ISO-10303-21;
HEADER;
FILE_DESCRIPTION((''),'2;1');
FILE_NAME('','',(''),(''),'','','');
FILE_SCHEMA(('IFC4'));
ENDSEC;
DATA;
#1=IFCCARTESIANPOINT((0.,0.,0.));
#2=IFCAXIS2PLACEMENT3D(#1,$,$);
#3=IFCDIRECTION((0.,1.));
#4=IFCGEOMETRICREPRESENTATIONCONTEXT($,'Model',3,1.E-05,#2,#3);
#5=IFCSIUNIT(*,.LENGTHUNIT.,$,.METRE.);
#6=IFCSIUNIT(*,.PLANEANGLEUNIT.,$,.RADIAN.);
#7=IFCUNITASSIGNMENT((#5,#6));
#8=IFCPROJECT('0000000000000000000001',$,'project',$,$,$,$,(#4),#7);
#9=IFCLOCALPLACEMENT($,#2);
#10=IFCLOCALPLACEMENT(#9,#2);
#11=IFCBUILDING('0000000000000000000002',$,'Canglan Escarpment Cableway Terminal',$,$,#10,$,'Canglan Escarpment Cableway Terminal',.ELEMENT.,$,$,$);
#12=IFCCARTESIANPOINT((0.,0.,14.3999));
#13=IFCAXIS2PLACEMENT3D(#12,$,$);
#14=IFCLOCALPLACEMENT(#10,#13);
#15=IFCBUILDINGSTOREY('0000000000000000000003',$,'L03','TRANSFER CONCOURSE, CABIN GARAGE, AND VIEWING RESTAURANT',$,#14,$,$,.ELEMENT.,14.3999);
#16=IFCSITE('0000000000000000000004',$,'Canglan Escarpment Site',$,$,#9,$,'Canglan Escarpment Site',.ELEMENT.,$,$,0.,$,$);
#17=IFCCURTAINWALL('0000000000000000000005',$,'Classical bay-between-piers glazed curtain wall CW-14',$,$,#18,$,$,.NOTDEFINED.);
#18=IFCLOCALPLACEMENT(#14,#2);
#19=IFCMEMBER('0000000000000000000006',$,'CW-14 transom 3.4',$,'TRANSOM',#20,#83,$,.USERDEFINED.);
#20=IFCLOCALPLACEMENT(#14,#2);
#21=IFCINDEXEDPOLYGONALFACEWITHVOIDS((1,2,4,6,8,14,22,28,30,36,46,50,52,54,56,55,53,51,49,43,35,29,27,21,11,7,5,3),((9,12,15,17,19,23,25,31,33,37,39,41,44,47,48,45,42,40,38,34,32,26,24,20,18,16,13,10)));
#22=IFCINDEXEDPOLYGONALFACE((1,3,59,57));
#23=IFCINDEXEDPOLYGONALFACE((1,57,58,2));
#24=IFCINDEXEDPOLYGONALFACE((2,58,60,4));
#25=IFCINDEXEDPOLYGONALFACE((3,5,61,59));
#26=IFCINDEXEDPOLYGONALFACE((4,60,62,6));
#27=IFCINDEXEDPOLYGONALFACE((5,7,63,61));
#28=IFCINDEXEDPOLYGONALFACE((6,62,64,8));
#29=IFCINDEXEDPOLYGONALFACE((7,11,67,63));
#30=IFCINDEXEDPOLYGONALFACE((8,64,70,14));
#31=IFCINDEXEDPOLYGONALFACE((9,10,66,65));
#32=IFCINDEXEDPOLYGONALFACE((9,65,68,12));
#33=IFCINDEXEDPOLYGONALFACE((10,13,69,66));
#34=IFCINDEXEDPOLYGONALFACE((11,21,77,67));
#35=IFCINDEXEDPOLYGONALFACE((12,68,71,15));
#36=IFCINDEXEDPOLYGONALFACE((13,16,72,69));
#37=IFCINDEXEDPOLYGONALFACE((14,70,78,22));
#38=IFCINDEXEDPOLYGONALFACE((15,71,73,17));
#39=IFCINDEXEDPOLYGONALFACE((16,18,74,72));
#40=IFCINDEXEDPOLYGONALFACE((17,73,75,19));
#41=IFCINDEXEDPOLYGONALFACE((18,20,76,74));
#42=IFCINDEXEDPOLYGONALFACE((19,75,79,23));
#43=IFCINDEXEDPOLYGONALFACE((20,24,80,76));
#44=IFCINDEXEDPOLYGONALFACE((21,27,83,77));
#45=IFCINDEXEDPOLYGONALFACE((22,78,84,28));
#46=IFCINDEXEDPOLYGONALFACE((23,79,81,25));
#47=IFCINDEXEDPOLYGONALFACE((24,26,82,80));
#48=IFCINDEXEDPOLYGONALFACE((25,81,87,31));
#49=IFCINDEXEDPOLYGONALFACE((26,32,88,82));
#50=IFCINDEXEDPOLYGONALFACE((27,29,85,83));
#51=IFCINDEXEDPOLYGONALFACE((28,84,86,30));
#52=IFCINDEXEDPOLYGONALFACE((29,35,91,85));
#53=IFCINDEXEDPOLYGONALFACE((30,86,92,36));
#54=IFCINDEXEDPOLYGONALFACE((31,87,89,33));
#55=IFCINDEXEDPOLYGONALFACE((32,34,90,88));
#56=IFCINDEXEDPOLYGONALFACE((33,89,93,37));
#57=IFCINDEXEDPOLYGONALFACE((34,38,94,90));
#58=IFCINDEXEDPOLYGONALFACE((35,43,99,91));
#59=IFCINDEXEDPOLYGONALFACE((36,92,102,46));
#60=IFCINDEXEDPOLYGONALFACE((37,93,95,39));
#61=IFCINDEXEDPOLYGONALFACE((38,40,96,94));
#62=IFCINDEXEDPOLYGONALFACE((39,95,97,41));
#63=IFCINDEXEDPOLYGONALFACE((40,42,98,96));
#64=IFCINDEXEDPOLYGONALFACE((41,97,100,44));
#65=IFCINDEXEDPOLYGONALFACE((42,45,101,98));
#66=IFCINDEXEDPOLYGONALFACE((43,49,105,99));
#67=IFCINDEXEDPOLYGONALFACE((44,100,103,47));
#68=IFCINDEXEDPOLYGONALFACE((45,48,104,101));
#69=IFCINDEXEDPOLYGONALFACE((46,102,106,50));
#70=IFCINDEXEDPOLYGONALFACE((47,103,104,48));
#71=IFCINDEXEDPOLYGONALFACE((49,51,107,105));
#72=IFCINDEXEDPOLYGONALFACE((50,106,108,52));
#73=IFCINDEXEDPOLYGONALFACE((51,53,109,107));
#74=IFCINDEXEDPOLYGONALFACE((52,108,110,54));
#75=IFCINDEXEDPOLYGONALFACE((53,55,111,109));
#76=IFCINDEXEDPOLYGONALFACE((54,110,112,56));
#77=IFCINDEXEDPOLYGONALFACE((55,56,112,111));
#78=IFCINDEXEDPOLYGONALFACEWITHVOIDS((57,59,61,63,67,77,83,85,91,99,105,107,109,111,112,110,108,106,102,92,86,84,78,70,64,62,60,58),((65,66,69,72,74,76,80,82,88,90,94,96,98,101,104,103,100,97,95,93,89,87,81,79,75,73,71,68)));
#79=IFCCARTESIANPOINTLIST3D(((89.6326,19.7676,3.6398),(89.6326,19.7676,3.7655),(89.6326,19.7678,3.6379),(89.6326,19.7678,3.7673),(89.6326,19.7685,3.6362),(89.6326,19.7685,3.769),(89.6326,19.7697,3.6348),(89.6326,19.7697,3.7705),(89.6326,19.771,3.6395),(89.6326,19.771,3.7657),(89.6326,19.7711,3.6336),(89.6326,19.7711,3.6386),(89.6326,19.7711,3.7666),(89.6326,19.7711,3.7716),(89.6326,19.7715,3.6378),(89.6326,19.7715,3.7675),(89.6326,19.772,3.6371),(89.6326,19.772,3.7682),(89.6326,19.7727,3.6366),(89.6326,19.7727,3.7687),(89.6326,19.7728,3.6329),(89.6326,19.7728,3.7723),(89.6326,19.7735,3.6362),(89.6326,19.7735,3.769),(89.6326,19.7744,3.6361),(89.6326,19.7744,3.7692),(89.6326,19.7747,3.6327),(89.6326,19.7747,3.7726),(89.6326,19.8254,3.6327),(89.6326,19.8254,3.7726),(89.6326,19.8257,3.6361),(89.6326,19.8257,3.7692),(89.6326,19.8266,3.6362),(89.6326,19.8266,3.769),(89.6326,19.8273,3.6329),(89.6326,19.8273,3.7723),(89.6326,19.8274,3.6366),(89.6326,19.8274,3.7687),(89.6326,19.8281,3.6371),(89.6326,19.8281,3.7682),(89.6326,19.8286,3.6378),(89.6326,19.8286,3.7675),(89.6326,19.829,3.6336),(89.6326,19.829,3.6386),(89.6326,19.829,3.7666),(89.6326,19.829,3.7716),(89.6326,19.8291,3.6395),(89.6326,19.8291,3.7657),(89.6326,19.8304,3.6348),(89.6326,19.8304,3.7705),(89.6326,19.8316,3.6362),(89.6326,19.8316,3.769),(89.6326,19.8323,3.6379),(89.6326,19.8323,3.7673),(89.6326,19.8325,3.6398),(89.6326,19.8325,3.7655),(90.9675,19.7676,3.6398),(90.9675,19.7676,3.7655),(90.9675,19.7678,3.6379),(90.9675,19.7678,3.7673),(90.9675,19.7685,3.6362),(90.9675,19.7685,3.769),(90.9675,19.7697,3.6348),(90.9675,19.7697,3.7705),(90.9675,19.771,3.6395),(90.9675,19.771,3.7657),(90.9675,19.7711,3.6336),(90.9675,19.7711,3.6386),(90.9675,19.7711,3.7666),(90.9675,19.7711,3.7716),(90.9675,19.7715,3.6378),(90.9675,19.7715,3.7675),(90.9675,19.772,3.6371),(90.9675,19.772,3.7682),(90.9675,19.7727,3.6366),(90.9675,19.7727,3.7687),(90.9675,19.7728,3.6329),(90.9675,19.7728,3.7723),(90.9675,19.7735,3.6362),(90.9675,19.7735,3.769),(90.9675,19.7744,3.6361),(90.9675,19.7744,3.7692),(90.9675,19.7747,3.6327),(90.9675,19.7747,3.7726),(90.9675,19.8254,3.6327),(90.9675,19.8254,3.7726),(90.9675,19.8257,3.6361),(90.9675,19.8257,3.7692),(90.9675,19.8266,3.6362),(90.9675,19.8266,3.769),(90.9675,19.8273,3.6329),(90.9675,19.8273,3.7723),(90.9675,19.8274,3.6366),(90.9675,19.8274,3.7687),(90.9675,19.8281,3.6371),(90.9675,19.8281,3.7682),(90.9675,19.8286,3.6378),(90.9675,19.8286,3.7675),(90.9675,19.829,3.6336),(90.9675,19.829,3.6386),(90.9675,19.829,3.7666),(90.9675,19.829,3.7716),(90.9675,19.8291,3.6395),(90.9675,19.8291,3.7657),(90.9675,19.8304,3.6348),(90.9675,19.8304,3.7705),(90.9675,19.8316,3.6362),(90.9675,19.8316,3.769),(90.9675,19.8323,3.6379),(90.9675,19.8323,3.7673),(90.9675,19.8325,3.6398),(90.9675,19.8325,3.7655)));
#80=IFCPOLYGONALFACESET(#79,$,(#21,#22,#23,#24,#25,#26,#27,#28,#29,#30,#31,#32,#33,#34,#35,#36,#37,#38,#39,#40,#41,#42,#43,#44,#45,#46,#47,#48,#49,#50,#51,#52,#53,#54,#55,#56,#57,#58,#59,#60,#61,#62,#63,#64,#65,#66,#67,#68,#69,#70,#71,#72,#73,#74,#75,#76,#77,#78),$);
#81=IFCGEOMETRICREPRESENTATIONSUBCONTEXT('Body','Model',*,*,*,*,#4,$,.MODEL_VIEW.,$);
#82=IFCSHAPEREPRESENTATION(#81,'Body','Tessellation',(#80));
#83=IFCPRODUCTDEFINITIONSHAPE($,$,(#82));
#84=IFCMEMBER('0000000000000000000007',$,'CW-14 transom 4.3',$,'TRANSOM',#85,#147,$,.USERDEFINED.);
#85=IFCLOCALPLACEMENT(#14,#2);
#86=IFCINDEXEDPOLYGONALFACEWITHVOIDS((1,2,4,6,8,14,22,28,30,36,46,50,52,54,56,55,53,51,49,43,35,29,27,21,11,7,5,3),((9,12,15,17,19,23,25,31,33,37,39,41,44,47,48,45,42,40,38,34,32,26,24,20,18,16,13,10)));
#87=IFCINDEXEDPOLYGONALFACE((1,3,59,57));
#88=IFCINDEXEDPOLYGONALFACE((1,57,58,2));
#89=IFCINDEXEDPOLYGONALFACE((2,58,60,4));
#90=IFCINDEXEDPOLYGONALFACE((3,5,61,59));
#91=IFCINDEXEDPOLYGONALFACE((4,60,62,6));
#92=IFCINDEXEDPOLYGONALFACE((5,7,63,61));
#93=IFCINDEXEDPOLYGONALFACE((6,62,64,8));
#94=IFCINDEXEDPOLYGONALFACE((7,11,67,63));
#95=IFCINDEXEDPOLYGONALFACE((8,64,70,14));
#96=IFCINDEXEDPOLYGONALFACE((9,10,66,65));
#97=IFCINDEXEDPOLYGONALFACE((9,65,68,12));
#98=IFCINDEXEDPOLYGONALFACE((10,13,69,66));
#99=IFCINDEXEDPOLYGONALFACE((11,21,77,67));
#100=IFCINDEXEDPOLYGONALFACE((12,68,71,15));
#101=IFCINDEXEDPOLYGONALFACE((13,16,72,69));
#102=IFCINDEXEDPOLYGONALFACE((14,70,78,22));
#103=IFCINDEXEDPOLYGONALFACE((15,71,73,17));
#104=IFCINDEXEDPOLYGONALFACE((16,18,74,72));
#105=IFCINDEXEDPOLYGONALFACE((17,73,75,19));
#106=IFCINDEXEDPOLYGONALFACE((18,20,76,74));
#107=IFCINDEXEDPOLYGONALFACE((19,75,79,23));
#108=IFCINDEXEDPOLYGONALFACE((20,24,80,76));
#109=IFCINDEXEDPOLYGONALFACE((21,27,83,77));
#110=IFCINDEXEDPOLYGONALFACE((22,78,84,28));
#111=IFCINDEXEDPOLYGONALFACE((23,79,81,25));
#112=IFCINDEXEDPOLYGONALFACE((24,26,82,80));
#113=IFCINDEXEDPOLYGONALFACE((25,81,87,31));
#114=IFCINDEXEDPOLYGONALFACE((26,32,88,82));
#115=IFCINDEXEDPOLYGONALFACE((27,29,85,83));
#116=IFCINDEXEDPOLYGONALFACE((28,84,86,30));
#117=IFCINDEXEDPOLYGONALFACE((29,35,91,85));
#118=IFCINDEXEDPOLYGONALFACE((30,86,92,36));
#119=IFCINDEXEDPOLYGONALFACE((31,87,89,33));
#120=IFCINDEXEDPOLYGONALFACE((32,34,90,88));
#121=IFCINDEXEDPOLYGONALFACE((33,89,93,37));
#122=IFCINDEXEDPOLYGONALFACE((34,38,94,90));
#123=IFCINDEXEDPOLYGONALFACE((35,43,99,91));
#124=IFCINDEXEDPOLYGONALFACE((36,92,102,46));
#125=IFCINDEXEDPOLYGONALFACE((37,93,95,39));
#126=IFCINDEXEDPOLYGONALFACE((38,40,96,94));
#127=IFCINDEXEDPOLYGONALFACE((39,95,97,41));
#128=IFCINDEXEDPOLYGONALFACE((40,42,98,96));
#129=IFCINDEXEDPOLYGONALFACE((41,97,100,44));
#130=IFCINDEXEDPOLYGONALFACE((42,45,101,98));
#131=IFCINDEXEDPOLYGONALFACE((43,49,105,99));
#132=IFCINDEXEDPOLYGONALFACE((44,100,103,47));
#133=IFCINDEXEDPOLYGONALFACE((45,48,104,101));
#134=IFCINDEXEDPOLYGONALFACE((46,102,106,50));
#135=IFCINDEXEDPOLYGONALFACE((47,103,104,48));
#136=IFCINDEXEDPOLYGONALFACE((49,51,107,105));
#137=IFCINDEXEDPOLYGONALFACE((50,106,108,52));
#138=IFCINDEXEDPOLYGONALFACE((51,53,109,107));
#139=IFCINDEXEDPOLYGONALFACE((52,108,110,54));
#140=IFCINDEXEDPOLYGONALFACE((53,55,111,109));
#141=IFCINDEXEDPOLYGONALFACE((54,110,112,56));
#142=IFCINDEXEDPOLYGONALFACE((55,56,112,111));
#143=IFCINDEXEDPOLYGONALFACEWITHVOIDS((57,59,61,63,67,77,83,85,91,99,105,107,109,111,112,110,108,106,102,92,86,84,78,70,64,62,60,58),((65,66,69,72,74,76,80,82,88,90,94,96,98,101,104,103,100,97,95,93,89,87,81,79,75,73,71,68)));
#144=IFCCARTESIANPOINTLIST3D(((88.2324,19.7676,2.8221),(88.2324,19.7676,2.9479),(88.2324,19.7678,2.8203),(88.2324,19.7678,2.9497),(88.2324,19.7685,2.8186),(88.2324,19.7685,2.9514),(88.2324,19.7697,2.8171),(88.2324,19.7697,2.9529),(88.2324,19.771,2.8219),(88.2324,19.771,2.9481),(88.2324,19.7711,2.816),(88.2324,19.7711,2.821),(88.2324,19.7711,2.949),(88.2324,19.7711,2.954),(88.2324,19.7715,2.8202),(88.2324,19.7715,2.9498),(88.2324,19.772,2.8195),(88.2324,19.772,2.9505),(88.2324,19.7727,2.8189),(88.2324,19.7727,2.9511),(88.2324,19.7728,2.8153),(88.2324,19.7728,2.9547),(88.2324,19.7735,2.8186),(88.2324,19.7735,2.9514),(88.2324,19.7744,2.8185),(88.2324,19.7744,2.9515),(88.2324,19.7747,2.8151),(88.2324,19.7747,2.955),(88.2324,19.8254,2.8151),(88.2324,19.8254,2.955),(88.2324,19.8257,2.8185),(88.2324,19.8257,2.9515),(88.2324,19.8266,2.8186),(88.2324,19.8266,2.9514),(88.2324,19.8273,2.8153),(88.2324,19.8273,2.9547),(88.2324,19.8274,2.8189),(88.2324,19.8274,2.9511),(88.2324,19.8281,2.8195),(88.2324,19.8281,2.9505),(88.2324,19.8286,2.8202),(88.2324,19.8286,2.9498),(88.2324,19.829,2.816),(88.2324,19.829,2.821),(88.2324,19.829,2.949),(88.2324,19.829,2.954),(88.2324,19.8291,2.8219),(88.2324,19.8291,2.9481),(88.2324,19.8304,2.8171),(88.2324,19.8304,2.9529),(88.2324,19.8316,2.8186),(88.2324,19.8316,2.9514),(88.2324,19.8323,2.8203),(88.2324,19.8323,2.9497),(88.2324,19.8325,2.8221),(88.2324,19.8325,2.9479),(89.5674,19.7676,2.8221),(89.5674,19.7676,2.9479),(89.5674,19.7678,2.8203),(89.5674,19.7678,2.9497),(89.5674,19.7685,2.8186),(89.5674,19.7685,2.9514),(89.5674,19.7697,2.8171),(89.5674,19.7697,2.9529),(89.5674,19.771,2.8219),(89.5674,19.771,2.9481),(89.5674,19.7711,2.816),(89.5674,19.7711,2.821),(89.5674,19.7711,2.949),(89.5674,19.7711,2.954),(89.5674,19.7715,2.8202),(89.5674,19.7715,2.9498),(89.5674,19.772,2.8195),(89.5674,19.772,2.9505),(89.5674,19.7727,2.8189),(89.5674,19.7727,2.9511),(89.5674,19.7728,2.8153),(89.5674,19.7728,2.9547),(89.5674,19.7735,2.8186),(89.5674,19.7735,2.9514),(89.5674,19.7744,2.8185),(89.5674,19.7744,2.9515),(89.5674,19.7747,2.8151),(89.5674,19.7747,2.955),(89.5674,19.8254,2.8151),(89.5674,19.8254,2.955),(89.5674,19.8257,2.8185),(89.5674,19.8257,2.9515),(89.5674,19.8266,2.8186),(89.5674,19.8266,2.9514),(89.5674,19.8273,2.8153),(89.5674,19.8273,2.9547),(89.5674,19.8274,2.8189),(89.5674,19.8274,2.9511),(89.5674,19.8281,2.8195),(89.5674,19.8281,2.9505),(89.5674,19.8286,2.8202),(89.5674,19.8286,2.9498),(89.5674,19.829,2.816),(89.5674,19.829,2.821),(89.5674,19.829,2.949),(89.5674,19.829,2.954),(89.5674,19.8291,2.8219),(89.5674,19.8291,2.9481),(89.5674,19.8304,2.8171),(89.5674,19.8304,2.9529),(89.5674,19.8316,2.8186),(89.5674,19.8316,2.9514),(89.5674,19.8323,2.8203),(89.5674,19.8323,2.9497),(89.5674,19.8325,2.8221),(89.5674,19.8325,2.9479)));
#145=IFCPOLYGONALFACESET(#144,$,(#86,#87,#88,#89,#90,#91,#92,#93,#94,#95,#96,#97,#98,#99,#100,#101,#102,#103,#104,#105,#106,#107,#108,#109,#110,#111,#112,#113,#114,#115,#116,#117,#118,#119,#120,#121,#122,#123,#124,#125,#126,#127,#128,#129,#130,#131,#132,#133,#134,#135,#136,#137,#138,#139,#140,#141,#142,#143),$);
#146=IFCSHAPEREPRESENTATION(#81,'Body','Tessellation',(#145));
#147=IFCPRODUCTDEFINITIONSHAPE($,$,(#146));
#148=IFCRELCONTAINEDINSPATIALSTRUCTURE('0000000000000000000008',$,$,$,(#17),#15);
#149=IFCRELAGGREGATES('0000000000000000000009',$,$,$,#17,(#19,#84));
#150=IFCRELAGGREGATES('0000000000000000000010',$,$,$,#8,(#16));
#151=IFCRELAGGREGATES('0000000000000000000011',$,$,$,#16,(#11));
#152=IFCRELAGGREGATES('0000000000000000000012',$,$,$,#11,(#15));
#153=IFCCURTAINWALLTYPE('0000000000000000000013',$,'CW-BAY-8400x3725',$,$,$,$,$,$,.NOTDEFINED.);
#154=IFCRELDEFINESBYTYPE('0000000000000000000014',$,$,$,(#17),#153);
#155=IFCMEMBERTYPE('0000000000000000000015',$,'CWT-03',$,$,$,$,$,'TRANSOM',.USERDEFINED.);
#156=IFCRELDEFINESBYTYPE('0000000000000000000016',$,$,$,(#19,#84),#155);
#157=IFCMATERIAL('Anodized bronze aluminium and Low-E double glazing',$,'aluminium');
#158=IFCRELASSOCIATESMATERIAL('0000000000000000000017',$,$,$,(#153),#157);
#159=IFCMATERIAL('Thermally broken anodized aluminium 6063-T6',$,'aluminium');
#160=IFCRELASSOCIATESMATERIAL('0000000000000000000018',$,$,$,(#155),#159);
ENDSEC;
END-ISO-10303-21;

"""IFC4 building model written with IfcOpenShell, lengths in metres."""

from ifc_helpers import new_model, si_unit, direction, frame, origin, origin_2d, place, context, subcontext, project, spatial, hollow_rectangle, extrude, material, material_profile, profile_set, type_object, element, aggregate, save


model = new_model("IFC4")

# Units and contexts
model_context = context("Model", 3, precision=1e-05, world=origin(), true_north=direction((0.0, 1.0)))
body_context = subcontext(model_context, "Body", "Model", "MODEL_VIEW")
ifc_project = project(units=[si_unit("LENGTHUNIT", "METRE"), si_unit("PLANEANGLEUNIT", "RADIAN")], contexts=[model_context])

# Site, building, storey
site_placement = place(None, origin())
site = spatial("IfcSite", under=ifc_project, at=site_placement, Name="Canglan Escarpment Site", LongName="Canglan Escarpment Site", CompositionType="ELEMENT", RefElevation=0.0)
building_placement = place(site_placement, origin())
building = spatial("IfcBuilding", under=site, at=building_placement, Name="Canglan Escarpment Cableway Terminal", LongName="Canglan Escarpment Cableway Terminal", CompositionType="ELEMENT")
storey_placement = place(building_placement, frame((0.0, 0.0, 14.3999)))
storey = spatial("IfcBuildingStorey", under=building, at=storey_placement, Name="L03", Description="TRANSFER CONCOURSE, CABIN GARAGE, AND VIEWING RESTAURANT", CompositionType="ELEMENT", Elevation=14.3999)

# Curtain wall, members
ifc_material_1 = material(Name="Anodized bronze aluminium and Low-E double glazing", Category="aluminium")
curtain_wall_type_1 = type_object("IfcCurtainWallType", Name="CW-BAY-8400x3725", PredefinedType="NOTDEFINED", material=ifc_material_1)
curtain_wall_1_placement = place(storey_placement, origin())
curtain_wall_1 = element("IfcCurtainWall", 1, at=curtain_wall_1_placement, inside=storey, type_object=curtain_wall_type_1, Name="Classical bay-between-piers glazed curtain wall CW-14", PredefinedType="NOTDEFINED")
ifc_material_2 = material(Name="Thermally broken anodized aluminium 6063-T6", Category="aluminium")
ifc_material_profile_1 = material_profile(ifc_material_2, hollow_rectangle(XDim=0.0649, YDim=0.1399, WallThickness=0.0034, InnerFilletRadius=0.0034, OuterFilletRadius=0.0071, at=origin_2d()), Name="ALU-TRAN 65x140x3.5")
ifc_profile_set_1 = profile_set([ifc_material_profile_1], Name="Thermally broken anodized aluminium 6063-T6")
member_type_1 = type_object("IfcMemberType", Name="CWT-03", ElementType="TRANSOM", PredefinedType="USERDEFINED", material=ifc_profile_set_1)
member_1_placement = place(storey_placement, frame((90.9675, 19.8, 3.7026), z_axis=(-1.0, 0.0, 0.0), x_axis=(0.0, -1.0, 0.0)))
member_1 = element("IfcMember", 2, at=member_1_placement, type_object=member_type_1, Name="CW-14 transom 3.4", ObjectType="TRANSOM", PredefinedType="USERDEFINED", context=body_context, shape_type="SweptSolid", body=[
    extrude(hollow_rectangle(XDim=0.0649, YDim=0.1399, WallThickness=0.0034, InnerFilletRadius=0.0034, OuterFilletRadius=0.0071, at=origin_2d()), origin(), (0.0, 0.0, 1.0), 1.335),
])
member_2_placement = place(storey_placement, frame((89.5674, 19.8, 2.885), z_axis=(-1.0, 0.0, 0.0), x_axis=(0.0, -1.0, 0.0)))
member_2 = element("IfcMember", 3, at=member_2_placement, type_object=member_type_1, Name="CW-14 transom 4.3", ObjectType="TRANSOM", PredefinedType="USERDEFINED", context=body_context, shape_type="SweptSolid", body=[
    extrude(hollow_rectangle(XDim=0.0649, YDim=0.1399, WallThickness=0.0034, InnerFilletRadius=0.0034, OuterFilletRadius=0.0071, at=origin_2d()), origin(), (0.0, 0.0, 1.0), 1.335),
])

aggregate(curtain_wall_1, [member_1, member_2])

save(model, "model.ifc")
